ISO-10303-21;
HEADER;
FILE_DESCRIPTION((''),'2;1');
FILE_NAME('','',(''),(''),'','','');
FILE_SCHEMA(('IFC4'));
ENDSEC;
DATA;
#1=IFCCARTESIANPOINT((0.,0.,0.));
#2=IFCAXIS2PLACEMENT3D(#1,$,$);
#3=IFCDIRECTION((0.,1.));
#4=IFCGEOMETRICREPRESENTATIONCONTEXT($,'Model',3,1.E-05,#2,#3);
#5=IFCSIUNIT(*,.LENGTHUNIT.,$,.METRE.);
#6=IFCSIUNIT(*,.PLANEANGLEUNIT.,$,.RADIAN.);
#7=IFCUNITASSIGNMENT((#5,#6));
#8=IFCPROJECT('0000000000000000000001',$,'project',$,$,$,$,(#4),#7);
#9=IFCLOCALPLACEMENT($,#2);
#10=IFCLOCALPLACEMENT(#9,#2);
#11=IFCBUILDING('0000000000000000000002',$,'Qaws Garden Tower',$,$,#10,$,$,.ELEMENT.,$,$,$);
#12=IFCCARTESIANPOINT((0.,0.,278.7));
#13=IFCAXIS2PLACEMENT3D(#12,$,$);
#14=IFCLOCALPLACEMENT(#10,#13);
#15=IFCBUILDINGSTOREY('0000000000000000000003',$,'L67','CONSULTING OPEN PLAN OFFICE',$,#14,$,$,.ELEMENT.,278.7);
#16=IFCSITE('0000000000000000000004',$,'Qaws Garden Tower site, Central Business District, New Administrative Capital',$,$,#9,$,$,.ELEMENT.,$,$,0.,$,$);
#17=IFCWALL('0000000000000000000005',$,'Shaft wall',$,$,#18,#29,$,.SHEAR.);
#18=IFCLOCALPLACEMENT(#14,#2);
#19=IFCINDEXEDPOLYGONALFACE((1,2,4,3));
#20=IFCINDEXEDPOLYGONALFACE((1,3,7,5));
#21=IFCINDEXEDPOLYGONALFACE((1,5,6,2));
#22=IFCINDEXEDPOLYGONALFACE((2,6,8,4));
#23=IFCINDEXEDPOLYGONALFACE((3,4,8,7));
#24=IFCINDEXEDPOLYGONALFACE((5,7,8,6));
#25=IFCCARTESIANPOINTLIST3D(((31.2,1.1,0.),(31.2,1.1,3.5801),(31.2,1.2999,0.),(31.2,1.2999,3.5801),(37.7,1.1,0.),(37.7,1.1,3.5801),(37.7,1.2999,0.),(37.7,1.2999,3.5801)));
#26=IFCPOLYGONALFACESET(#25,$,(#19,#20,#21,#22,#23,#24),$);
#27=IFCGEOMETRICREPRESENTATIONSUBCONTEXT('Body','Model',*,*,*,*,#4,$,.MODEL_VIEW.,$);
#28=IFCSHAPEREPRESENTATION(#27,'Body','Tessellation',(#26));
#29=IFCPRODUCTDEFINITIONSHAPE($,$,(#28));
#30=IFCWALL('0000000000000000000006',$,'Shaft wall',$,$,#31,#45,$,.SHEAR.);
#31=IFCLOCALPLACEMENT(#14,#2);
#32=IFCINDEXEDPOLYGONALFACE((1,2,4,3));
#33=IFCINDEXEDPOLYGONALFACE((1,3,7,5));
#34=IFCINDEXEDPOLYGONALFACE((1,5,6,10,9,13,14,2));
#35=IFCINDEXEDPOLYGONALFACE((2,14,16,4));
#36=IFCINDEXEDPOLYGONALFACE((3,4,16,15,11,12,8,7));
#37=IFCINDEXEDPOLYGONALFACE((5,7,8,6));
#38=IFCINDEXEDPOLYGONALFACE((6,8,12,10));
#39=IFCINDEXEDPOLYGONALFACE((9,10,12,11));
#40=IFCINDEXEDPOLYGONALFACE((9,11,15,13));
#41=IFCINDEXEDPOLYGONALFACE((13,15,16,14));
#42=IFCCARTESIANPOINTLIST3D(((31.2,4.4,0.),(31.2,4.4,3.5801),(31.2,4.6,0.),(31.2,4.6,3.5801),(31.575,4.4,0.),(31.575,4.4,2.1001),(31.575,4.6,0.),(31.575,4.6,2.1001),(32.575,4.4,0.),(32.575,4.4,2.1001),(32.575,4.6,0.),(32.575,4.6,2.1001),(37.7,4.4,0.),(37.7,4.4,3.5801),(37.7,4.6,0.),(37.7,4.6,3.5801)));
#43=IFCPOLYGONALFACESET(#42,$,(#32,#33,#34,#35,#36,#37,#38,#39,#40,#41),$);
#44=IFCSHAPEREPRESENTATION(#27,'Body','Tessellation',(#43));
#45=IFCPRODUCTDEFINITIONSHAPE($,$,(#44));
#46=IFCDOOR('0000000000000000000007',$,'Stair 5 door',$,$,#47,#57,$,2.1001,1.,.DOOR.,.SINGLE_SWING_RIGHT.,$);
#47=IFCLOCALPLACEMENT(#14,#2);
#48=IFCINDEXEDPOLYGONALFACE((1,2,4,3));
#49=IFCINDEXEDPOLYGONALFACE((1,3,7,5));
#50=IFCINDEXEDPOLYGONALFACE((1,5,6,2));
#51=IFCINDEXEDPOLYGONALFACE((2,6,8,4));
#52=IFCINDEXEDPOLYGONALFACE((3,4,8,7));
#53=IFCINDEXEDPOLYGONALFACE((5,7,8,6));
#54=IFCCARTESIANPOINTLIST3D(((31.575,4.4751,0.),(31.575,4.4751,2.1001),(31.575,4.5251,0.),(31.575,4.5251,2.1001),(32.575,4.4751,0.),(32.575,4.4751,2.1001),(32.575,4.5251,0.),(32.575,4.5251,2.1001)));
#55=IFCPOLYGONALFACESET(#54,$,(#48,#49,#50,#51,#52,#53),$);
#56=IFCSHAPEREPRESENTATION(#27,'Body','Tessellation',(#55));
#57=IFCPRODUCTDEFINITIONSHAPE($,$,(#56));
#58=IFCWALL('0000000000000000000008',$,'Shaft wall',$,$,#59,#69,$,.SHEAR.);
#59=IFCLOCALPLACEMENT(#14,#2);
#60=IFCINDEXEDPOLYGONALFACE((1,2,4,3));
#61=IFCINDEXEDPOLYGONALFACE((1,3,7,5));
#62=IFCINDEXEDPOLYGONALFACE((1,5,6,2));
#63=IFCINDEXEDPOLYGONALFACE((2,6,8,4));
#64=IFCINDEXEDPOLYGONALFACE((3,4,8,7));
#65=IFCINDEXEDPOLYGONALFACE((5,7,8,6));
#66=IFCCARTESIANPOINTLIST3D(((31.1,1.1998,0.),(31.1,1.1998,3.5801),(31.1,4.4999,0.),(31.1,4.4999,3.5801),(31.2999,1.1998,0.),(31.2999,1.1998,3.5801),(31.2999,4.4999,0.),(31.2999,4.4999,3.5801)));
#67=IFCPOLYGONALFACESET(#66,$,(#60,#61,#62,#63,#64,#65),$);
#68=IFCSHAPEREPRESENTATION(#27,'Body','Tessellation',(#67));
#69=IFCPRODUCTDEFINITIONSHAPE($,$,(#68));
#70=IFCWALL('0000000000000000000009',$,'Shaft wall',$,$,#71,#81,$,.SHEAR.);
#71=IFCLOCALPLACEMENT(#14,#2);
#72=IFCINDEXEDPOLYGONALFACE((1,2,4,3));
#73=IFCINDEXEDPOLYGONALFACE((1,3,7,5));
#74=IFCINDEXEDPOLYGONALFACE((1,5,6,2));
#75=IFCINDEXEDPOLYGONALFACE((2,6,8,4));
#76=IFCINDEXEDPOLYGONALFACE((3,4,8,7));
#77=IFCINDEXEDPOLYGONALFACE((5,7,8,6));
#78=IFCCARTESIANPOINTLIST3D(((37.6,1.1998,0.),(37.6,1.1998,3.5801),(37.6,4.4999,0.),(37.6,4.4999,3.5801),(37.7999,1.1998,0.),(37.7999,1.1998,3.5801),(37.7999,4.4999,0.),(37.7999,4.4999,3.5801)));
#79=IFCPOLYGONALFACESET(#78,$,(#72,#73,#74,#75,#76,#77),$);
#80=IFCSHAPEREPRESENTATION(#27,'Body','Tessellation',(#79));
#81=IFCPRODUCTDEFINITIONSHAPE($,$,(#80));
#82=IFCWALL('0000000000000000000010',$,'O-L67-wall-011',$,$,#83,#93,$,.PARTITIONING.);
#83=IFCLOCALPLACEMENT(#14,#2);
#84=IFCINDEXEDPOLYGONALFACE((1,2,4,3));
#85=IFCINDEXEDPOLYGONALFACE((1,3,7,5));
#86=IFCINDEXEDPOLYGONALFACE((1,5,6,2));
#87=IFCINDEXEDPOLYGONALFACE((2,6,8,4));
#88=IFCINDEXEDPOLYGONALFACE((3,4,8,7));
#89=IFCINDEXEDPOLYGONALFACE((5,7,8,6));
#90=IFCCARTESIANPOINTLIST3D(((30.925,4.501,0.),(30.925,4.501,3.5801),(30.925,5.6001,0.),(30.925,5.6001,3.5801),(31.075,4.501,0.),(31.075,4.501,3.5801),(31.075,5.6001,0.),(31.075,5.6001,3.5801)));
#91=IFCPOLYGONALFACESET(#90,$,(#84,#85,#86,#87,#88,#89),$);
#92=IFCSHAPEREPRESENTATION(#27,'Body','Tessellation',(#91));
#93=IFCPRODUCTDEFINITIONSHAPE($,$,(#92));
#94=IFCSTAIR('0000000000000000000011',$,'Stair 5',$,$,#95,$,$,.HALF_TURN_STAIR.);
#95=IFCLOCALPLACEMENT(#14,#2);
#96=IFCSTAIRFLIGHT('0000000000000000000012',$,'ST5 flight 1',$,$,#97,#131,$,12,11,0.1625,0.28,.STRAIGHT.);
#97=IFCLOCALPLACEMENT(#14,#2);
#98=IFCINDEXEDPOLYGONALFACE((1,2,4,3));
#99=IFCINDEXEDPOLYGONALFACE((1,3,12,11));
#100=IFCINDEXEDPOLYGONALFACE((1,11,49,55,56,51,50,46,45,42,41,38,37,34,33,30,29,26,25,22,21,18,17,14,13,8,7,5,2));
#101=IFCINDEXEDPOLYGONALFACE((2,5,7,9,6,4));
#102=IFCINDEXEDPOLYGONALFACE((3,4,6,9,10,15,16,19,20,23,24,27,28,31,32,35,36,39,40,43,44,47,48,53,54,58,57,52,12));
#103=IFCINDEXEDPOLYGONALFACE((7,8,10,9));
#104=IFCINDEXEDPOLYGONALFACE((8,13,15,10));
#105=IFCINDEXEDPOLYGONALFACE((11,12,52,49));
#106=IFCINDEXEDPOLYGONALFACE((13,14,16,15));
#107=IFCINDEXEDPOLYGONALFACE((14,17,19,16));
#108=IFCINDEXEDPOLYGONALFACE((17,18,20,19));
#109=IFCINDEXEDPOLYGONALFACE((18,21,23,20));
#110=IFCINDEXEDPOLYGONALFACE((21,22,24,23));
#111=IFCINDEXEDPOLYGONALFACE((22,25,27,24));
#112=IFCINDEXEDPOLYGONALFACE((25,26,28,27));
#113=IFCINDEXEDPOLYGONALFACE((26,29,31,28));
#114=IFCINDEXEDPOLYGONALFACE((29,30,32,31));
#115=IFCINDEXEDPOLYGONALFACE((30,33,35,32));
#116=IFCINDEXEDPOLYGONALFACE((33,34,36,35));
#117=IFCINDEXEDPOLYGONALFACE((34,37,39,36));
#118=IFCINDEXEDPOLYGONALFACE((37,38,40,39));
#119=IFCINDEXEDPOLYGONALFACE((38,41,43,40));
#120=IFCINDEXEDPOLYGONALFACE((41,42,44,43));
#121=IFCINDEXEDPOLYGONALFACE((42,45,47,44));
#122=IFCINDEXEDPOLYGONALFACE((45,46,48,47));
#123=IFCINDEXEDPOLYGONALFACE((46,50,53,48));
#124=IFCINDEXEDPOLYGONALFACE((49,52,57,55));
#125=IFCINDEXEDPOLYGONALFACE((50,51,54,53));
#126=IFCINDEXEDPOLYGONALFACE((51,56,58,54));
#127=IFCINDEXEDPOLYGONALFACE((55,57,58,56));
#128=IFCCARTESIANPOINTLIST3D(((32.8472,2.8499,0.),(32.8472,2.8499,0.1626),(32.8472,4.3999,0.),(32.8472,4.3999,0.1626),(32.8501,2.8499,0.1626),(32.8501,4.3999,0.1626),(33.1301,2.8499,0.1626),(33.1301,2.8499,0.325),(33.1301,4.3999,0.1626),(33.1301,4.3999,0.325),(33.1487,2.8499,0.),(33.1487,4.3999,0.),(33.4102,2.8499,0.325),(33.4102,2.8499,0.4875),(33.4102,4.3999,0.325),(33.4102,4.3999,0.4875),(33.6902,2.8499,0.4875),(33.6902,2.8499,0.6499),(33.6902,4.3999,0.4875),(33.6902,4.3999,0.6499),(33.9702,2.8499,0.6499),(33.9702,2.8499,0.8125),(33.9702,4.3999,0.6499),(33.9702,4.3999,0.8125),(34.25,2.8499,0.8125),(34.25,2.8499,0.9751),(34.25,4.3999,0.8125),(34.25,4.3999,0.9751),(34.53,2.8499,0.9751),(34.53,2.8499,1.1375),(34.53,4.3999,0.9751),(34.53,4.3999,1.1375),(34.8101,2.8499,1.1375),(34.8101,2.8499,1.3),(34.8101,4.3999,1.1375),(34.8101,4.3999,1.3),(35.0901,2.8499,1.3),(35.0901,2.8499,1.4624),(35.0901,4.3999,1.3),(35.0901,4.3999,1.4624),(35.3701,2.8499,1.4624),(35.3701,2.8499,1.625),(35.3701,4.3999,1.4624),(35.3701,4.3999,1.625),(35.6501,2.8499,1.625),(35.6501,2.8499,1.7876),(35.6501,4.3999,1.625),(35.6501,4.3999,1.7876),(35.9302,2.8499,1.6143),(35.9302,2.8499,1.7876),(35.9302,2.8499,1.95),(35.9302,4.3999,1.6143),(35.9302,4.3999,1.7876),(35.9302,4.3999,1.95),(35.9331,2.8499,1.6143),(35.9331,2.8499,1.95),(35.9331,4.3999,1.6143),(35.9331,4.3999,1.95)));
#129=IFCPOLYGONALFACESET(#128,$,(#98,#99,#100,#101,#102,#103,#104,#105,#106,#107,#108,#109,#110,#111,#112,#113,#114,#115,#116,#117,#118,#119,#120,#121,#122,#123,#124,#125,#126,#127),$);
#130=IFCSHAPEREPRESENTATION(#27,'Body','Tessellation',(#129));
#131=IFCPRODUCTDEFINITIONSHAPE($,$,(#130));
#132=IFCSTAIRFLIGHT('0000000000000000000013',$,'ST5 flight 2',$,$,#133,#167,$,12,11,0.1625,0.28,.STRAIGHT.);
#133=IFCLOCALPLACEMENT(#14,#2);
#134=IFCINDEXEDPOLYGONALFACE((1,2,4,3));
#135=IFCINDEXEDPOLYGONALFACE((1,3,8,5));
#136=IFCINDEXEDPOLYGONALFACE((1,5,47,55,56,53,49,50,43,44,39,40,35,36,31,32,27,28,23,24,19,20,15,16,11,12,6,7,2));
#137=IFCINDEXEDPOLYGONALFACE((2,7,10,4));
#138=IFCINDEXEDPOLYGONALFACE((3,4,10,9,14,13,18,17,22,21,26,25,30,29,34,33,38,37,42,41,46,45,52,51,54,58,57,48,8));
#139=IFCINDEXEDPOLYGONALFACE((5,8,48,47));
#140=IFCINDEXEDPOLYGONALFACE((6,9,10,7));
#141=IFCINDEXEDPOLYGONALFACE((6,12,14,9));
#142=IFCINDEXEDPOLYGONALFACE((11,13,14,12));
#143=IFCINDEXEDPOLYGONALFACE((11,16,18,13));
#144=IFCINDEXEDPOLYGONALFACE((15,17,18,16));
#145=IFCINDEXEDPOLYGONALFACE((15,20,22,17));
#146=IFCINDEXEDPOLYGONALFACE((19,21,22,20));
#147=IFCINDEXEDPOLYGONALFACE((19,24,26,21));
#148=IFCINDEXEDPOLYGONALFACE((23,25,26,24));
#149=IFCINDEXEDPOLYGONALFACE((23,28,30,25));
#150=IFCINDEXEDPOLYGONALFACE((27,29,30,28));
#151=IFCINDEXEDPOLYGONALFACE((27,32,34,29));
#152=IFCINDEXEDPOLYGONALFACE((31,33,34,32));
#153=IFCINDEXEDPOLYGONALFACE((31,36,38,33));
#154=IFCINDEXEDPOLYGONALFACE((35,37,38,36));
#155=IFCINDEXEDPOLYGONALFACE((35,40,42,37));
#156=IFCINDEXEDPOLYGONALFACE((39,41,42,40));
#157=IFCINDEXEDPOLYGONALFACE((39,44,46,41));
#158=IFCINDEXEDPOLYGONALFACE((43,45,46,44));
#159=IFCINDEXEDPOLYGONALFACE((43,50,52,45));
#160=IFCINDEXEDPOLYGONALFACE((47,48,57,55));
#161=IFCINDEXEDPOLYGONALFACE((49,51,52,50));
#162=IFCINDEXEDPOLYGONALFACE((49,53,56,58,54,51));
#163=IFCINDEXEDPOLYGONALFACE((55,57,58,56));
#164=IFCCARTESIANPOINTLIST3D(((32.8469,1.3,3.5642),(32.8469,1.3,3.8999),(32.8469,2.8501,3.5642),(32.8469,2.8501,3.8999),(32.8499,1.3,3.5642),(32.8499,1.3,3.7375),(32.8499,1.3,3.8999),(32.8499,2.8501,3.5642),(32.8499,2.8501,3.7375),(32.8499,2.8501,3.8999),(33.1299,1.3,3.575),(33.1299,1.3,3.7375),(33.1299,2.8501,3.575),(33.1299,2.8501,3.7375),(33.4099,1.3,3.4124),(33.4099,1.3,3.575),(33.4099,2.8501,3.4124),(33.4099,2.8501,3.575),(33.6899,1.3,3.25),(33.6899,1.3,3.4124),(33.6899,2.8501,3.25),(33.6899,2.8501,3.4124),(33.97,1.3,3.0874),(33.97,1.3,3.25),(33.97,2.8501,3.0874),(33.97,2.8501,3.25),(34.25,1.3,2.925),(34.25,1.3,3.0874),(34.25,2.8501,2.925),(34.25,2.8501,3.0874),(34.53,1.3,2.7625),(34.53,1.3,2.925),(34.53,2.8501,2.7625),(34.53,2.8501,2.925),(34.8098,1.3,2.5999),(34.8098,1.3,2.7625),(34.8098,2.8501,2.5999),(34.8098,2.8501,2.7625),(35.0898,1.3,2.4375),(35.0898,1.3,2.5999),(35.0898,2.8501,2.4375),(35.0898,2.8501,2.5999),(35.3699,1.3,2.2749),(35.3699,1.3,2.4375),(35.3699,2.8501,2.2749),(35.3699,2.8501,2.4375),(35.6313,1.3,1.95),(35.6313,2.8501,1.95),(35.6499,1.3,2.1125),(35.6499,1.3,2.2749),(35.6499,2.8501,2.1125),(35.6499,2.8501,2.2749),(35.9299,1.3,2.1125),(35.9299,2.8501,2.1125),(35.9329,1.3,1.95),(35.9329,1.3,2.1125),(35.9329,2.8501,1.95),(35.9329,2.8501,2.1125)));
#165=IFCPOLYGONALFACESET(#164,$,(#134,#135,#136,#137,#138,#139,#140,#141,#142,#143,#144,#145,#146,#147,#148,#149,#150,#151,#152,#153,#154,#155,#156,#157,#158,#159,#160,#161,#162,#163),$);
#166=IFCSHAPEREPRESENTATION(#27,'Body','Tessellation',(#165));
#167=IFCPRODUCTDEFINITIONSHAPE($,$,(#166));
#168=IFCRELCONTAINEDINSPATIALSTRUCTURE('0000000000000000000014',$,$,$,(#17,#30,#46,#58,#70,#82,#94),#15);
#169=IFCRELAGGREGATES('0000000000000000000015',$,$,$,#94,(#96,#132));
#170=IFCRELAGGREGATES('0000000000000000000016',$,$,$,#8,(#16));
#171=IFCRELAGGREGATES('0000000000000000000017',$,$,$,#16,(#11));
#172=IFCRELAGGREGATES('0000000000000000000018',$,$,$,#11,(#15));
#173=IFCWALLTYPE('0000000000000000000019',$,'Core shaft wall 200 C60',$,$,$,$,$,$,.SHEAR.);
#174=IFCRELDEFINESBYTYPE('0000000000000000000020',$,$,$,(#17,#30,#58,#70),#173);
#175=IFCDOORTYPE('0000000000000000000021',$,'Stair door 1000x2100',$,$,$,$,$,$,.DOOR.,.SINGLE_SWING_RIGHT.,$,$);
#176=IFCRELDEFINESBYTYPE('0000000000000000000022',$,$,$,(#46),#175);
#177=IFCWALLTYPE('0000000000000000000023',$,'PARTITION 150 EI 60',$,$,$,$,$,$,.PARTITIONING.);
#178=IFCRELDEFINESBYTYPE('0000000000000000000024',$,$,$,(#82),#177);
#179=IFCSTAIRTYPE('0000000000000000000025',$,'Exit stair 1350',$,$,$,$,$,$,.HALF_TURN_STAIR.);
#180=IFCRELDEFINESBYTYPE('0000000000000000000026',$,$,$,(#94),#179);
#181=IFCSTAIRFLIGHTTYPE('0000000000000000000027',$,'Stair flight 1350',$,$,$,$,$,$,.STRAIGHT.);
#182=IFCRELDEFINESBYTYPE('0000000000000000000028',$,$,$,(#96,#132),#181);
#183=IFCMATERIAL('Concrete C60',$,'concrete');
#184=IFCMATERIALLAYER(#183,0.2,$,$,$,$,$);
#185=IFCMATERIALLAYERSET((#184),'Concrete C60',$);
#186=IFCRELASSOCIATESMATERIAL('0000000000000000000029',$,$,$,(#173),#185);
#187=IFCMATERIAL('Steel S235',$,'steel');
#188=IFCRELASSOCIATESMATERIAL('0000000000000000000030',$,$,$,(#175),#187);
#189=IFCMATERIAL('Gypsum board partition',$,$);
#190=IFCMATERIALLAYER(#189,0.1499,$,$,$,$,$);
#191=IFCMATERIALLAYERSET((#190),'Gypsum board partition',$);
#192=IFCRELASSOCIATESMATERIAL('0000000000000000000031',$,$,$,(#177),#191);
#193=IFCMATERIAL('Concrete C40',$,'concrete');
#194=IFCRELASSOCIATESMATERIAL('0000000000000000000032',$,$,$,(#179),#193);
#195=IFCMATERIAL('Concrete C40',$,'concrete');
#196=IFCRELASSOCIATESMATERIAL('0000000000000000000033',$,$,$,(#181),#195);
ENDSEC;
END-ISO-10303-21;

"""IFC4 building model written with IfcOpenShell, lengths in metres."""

from ifc_helpers import new_model, si_unit, direction, frame, frame_2d, origin, place, context, subcontext, project, spatial, polyline, rectangle, outline, extrude, material, layer, layer_set, type_object, element, fill, aggregate, save


model = new_model("IFC4")

# Units and contexts
model_context = context("Model", 3, precision=1e-05, world=origin(), true_north=direction((0.0, 1.0)))
body_context = subcontext(model_context, "Body", "Model", "MODEL_VIEW")
ifc_project = project(units=[si_unit("LENGTHUNIT", "METRE"), si_unit("PLANEANGLEUNIT", "RADIAN")], contexts=[model_context])

# Site, building, storey
site_placement = place(None, origin())
site = spatial("IfcSite", under=ifc_project, at=site_placement, Name="Qaws Garden Tower site, Central Business District, New Administrative Capital", CompositionType="ELEMENT", RefElevation=0.0)
building_placement = place(site_placement, origin())
building = spatial("IfcBuilding", under=site, at=building_placement, Name="Qaws Garden Tower", CompositionType="ELEMENT")
storey_placement = place(building_placement, frame((0.0, 0.0, 278.7)))
storey = spatial("IfcBuildingStorey", under=building, at=storey_placement, Name="L67", Description="CONSULTING OPEN PLAN OFFICE", CompositionType="ELEMENT", Elevation=278.7)

# Wall
ifc_material_1 = material(Name="Concrete C60", Category="concrete")
ifc_layer_1 = layer(ifc_material_1, 0.2)
ifc_layer_set_1 = layer_set([ifc_layer_1], Name="Concrete C60")
wall_type_1 = type_object("IfcWallType", Name="Core shaft wall 200 C60", PredefinedType="SHEAR", material=ifc_layer_set_1)
wall_1_placement = place(storey_placement, frame((31.2, 1.2, 0.0), z_axis=(0.0, 0.0, 1.0), x_axis=(1.0, 0.0, 0.0)))
element("IfcWall", 1, at=wall_1_placement, inside=storey, type_object=wall_type_1, Name="Shaft wall", PredefinedType="SHEAR", context=body_context, shape_type="SweptSolid", body=[
    extrude(rectangle(XDim=6.5, YDim=0.2, at=frame_2d((3.25, 0.0))), origin(), (0.0, 0.0, 1.0), 3.5801),
])

# Wall, opening, door
wall_2_placement = place(storey_placement, frame((31.2, 4.5, 0.0), z_axis=(0.0, 0.0, 1.0), x_axis=(1.0, 0.0, 0.0)))
wall_2 = element("IfcWall", 2, at=wall_2_placement, inside=storey, type_object=wall_type_1, Name="Shaft wall", PredefinedType="SHEAR", context=body_context, shape_type="SweptSolid", body=[
    extrude(rectangle(XDim=6.5, YDim=0.2, at=frame_2d((3.25, 0.0))), origin(), (0.0, 0.0, 1.0), 3.5801),
])
opening_1_placement = place(wall_2_placement, frame((0.375, 0.0, 0.0)))
opening_1 = element("IfcOpeningElement", 3, at=opening_1_placement, cuts=wall_2, PredefinedType="OPENING", context=body_context, shape_type="SweptSolid", body=[
    extrude(rectangle(XDim=1.0, YDim=2.1001, at=frame_2d((0.5, 1.05))), frame((0.0, 0.1099, 0.0), z_axis=(0.0, -1.0, 0.0), x_axis=(1.0, 0.0, 0.0)), (0.0, 0.0, 1.0), 0.22),
])
ifc_material_2 = material(Name="Steel S235", Category="steel")
door_type_1 = type_object("IfcDoorType", Name="Stair door 1000x2100", OperationType="SINGLE_SWING_RIGHT", PredefinedType="DOOR", material=ifc_material_2)
door_1_placement = place(opening_1_placement, frame((1.0, 0.0, 0.0), z_axis=(0.0, 0.0, 1.0), x_axis=(-1.0, 0.0, 0.0)))
door_1 = element("IfcDoor", 4, at=door_1_placement, inside=storey, type_object=door_type_1, Name="Stair 5 door", OperationType="SINGLE_SWING_RIGHT", OverallHeight=2.1001, OverallWidth=1.0, PredefinedType="DOOR", context=body_context, shape_type="SweptSolid", body=[
    extrude(rectangle(XDim=1.0, YDim=2.1001, at=frame_2d((0.5, 1.05))), frame((0.0, 0.0249, 0.0), z_axis=(0.0, -1.0, 0.0), x_axis=(1.0, 0.0, 0.0)), (0.0, 0.0, 1.0), 0.05),
])
fill(opening_1, door_1)

# Walls
for number, where, z_axis, x_axis, name in (
    (5, (31.2, 1.2, 0.0), (0.0, 0.0, 1.0), (0.0, 1.0, 0.0), "Shaft wall"),
    (6, (37.7, 1.2, 0.0), (0.0, 0.0, 1.0), (0.0, 1.0, 0.0), "Shaft wall"),
):
    element("IfcWall", number, at=place(storey_placement, frame(where, z_axis=z_axis, x_axis=x_axis)), inside=storey, type_object=wall_type_1, Name=name, PredefinedType="SHEAR", context=body_context, shape_type="SweptSolid", body=[
        extrude(rectangle(XDim=3.3, YDim=0.2, at=frame_2d((1.6499, 0.0))), origin(), (0.0, 0.0, 1.0), 3.5801),
    ])
ifc_material_3 = material(Name="Gypsum board partition")
ifc_layer_2 = layer(ifc_material_3, 0.1499)
ifc_layer_set_2 = layer_set([ifc_layer_2], Name="Gypsum board partition")
wall_type_2 = type_object("IfcWallType", Name="PARTITION 150 EI 60", PredefinedType="PARTITIONING", material=ifc_layer_set_2)
wall_3_placement = place(storey_placement, frame((31.0, 4.501, 0.0), z_axis=(0.0, 0.0, 1.0), x_axis=(0.0, 1.0, 0.0)))
element("IfcWall", 7, at=wall_3_placement, inside=storey, type_object=wall_type_2, Name="O-L67-wall-011", PredefinedType="PARTITIONING", context=body_context, shape_type="SweptSolid", body=[
    extrude(rectangle(XDim=1.0991, YDim=0.1499, at=frame_2d((0.5496, 0.0))), origin(), (0.0, 0.0, 1.0), 3.5801),
])

# Stair, stair flights
ifc_material_4 = material(Name="Concrete C40", Category="concrete")
stair_type = type_object("IfcStairType", Name="Exit stair 1350", PredefinedType="HALF_TURN_STAIR", material=ifc_material_4)
stair_placement = place(storey_placement, origin())
stair = element("IfcStair", 8, at=stair_placement, inside=storey, type_object=stair_type, Name="Stair 5", PredefinedType="HALF_TURN_STAIR")
ifc_material_5 = material(Name="Concrete C40", Category="concrete")
stair_flight_type = type_object("IfcStairFlightType", Name="Stair flight 1350", PredefinedType="STRAIGHT", material=ifc_material_5)
stair_flight_1_placement = place(storey_placement, frame((32.8501, 3.625, 0.0), z_axis=(0.0, 0.0, 1.0), x_axis=(1.0, 0.0, 0.0)))
stair_flight_1 = element("IfcStairFlight", 9, at=stair_flight_1_placement, type_object=stair_flight_type, Name="ST5 flight 1", NumberOfRisers=12, NumberOfTreads=11, PredefinedType="STRAIGHT", RiserHeight=0.1625, TreadLength=0.28, context=body_context, shape_type="SweptSolid", body=[
    extrude(outline(polyline([(-0.0029, 0.0), (-0.0029, 0.1626), (0.0, 0.1626), (0.28, 0.1626), (0.28, 0.325), (0.5601, 0.325), (0.5601, 0.4875), (0.8401, 0.4875), (0.8401, 0.6499), (1.1201, 0.6499), (1.1201, 0.8125), (1.3999, 0.8125), (1.3999, 0.9751), (1.6799, 0.9751), (1.6799, 1.1375), (1.96, 1.1375), (1.96, 1.3), (2.24, 1.3), (2.24, 1.4624), (2.52, 1.4624), (2.52, 1.625), (2.8, 1.625), (2.8, 1.7876), (3.0801, 1.7876), (3.0801, 1.95), (3.083, 1.95), (3.083, 1.6143), (3.0801, 1.6143), (0.2986, 0.0), (-0.0029, 0.0)])), frame((0.0, 0.7749, 0.0), z_axis=(0.0, -1.0, 0.0), x_axis=(1.0, 0.0, 0.0)), (0.0, 0.0, 1.0), 1.55),
])
stair_flight_2_placement = place(storey_placement, frame((35.9299, 2.075, 1.95), z_axis=(0.0, 0.0, 1.0), x_axis=(-1.0, 0.0, 0.0)))
stair_flight_2 = element("IfcStairFlight", 10, at=stair_flight_2_placement, type_object=stair_flight_type, Name="ST5 flight 2", NumberOfRisers=12, NumberOfTreads=11, PredefinedType="STRAIGHT", RiserHeight=0.1625, TreadLength=0.28, context=body_context, shape_type="SweptSolid", body=[
    extrude(outline(polyline([(-0.0029, 0.0), (-0.0029, 0.1626), (0.0, 0.1626), (0.28, 0.1626), (0.28, 0.325), (0.5601, 0.325), (0.5601, 0.4875), (0.8401, 0.4875), (0.8401, 0.6499), (1.1201, 0.6499), (1.1201, 0.8125), (1.3999, 0.8125), (1.3999, 0.9751), (1.6799, 0.9751), (1.6799, 1.1375), (1.96, 1.1375), (1.96, 1.3), (2.24, 1.3), (2.24, 1.4624), (2.52, 1.4624), (2.52, 1.625), (2.8, 1.625), (2.8, 1.7876), (3.0801, 1.7876), (3.0801, 1.95), (3.083, 1.95), (3.083, 1.6143), (3.0801, 1.6143), (0.2986, 0.0), (-0.0029, 0.0)])), frame((0.0, 0.7749, 0.0), z_axis=(0.0, -1.0, 0.0), x_axis=(1.0, 0.0, 0.0)), (0.0, 0.0, 1.0), 1.55),
])
aggregate(stair, [stair_flight_1, stair_flight_2])

save(model, "model.ifc")
